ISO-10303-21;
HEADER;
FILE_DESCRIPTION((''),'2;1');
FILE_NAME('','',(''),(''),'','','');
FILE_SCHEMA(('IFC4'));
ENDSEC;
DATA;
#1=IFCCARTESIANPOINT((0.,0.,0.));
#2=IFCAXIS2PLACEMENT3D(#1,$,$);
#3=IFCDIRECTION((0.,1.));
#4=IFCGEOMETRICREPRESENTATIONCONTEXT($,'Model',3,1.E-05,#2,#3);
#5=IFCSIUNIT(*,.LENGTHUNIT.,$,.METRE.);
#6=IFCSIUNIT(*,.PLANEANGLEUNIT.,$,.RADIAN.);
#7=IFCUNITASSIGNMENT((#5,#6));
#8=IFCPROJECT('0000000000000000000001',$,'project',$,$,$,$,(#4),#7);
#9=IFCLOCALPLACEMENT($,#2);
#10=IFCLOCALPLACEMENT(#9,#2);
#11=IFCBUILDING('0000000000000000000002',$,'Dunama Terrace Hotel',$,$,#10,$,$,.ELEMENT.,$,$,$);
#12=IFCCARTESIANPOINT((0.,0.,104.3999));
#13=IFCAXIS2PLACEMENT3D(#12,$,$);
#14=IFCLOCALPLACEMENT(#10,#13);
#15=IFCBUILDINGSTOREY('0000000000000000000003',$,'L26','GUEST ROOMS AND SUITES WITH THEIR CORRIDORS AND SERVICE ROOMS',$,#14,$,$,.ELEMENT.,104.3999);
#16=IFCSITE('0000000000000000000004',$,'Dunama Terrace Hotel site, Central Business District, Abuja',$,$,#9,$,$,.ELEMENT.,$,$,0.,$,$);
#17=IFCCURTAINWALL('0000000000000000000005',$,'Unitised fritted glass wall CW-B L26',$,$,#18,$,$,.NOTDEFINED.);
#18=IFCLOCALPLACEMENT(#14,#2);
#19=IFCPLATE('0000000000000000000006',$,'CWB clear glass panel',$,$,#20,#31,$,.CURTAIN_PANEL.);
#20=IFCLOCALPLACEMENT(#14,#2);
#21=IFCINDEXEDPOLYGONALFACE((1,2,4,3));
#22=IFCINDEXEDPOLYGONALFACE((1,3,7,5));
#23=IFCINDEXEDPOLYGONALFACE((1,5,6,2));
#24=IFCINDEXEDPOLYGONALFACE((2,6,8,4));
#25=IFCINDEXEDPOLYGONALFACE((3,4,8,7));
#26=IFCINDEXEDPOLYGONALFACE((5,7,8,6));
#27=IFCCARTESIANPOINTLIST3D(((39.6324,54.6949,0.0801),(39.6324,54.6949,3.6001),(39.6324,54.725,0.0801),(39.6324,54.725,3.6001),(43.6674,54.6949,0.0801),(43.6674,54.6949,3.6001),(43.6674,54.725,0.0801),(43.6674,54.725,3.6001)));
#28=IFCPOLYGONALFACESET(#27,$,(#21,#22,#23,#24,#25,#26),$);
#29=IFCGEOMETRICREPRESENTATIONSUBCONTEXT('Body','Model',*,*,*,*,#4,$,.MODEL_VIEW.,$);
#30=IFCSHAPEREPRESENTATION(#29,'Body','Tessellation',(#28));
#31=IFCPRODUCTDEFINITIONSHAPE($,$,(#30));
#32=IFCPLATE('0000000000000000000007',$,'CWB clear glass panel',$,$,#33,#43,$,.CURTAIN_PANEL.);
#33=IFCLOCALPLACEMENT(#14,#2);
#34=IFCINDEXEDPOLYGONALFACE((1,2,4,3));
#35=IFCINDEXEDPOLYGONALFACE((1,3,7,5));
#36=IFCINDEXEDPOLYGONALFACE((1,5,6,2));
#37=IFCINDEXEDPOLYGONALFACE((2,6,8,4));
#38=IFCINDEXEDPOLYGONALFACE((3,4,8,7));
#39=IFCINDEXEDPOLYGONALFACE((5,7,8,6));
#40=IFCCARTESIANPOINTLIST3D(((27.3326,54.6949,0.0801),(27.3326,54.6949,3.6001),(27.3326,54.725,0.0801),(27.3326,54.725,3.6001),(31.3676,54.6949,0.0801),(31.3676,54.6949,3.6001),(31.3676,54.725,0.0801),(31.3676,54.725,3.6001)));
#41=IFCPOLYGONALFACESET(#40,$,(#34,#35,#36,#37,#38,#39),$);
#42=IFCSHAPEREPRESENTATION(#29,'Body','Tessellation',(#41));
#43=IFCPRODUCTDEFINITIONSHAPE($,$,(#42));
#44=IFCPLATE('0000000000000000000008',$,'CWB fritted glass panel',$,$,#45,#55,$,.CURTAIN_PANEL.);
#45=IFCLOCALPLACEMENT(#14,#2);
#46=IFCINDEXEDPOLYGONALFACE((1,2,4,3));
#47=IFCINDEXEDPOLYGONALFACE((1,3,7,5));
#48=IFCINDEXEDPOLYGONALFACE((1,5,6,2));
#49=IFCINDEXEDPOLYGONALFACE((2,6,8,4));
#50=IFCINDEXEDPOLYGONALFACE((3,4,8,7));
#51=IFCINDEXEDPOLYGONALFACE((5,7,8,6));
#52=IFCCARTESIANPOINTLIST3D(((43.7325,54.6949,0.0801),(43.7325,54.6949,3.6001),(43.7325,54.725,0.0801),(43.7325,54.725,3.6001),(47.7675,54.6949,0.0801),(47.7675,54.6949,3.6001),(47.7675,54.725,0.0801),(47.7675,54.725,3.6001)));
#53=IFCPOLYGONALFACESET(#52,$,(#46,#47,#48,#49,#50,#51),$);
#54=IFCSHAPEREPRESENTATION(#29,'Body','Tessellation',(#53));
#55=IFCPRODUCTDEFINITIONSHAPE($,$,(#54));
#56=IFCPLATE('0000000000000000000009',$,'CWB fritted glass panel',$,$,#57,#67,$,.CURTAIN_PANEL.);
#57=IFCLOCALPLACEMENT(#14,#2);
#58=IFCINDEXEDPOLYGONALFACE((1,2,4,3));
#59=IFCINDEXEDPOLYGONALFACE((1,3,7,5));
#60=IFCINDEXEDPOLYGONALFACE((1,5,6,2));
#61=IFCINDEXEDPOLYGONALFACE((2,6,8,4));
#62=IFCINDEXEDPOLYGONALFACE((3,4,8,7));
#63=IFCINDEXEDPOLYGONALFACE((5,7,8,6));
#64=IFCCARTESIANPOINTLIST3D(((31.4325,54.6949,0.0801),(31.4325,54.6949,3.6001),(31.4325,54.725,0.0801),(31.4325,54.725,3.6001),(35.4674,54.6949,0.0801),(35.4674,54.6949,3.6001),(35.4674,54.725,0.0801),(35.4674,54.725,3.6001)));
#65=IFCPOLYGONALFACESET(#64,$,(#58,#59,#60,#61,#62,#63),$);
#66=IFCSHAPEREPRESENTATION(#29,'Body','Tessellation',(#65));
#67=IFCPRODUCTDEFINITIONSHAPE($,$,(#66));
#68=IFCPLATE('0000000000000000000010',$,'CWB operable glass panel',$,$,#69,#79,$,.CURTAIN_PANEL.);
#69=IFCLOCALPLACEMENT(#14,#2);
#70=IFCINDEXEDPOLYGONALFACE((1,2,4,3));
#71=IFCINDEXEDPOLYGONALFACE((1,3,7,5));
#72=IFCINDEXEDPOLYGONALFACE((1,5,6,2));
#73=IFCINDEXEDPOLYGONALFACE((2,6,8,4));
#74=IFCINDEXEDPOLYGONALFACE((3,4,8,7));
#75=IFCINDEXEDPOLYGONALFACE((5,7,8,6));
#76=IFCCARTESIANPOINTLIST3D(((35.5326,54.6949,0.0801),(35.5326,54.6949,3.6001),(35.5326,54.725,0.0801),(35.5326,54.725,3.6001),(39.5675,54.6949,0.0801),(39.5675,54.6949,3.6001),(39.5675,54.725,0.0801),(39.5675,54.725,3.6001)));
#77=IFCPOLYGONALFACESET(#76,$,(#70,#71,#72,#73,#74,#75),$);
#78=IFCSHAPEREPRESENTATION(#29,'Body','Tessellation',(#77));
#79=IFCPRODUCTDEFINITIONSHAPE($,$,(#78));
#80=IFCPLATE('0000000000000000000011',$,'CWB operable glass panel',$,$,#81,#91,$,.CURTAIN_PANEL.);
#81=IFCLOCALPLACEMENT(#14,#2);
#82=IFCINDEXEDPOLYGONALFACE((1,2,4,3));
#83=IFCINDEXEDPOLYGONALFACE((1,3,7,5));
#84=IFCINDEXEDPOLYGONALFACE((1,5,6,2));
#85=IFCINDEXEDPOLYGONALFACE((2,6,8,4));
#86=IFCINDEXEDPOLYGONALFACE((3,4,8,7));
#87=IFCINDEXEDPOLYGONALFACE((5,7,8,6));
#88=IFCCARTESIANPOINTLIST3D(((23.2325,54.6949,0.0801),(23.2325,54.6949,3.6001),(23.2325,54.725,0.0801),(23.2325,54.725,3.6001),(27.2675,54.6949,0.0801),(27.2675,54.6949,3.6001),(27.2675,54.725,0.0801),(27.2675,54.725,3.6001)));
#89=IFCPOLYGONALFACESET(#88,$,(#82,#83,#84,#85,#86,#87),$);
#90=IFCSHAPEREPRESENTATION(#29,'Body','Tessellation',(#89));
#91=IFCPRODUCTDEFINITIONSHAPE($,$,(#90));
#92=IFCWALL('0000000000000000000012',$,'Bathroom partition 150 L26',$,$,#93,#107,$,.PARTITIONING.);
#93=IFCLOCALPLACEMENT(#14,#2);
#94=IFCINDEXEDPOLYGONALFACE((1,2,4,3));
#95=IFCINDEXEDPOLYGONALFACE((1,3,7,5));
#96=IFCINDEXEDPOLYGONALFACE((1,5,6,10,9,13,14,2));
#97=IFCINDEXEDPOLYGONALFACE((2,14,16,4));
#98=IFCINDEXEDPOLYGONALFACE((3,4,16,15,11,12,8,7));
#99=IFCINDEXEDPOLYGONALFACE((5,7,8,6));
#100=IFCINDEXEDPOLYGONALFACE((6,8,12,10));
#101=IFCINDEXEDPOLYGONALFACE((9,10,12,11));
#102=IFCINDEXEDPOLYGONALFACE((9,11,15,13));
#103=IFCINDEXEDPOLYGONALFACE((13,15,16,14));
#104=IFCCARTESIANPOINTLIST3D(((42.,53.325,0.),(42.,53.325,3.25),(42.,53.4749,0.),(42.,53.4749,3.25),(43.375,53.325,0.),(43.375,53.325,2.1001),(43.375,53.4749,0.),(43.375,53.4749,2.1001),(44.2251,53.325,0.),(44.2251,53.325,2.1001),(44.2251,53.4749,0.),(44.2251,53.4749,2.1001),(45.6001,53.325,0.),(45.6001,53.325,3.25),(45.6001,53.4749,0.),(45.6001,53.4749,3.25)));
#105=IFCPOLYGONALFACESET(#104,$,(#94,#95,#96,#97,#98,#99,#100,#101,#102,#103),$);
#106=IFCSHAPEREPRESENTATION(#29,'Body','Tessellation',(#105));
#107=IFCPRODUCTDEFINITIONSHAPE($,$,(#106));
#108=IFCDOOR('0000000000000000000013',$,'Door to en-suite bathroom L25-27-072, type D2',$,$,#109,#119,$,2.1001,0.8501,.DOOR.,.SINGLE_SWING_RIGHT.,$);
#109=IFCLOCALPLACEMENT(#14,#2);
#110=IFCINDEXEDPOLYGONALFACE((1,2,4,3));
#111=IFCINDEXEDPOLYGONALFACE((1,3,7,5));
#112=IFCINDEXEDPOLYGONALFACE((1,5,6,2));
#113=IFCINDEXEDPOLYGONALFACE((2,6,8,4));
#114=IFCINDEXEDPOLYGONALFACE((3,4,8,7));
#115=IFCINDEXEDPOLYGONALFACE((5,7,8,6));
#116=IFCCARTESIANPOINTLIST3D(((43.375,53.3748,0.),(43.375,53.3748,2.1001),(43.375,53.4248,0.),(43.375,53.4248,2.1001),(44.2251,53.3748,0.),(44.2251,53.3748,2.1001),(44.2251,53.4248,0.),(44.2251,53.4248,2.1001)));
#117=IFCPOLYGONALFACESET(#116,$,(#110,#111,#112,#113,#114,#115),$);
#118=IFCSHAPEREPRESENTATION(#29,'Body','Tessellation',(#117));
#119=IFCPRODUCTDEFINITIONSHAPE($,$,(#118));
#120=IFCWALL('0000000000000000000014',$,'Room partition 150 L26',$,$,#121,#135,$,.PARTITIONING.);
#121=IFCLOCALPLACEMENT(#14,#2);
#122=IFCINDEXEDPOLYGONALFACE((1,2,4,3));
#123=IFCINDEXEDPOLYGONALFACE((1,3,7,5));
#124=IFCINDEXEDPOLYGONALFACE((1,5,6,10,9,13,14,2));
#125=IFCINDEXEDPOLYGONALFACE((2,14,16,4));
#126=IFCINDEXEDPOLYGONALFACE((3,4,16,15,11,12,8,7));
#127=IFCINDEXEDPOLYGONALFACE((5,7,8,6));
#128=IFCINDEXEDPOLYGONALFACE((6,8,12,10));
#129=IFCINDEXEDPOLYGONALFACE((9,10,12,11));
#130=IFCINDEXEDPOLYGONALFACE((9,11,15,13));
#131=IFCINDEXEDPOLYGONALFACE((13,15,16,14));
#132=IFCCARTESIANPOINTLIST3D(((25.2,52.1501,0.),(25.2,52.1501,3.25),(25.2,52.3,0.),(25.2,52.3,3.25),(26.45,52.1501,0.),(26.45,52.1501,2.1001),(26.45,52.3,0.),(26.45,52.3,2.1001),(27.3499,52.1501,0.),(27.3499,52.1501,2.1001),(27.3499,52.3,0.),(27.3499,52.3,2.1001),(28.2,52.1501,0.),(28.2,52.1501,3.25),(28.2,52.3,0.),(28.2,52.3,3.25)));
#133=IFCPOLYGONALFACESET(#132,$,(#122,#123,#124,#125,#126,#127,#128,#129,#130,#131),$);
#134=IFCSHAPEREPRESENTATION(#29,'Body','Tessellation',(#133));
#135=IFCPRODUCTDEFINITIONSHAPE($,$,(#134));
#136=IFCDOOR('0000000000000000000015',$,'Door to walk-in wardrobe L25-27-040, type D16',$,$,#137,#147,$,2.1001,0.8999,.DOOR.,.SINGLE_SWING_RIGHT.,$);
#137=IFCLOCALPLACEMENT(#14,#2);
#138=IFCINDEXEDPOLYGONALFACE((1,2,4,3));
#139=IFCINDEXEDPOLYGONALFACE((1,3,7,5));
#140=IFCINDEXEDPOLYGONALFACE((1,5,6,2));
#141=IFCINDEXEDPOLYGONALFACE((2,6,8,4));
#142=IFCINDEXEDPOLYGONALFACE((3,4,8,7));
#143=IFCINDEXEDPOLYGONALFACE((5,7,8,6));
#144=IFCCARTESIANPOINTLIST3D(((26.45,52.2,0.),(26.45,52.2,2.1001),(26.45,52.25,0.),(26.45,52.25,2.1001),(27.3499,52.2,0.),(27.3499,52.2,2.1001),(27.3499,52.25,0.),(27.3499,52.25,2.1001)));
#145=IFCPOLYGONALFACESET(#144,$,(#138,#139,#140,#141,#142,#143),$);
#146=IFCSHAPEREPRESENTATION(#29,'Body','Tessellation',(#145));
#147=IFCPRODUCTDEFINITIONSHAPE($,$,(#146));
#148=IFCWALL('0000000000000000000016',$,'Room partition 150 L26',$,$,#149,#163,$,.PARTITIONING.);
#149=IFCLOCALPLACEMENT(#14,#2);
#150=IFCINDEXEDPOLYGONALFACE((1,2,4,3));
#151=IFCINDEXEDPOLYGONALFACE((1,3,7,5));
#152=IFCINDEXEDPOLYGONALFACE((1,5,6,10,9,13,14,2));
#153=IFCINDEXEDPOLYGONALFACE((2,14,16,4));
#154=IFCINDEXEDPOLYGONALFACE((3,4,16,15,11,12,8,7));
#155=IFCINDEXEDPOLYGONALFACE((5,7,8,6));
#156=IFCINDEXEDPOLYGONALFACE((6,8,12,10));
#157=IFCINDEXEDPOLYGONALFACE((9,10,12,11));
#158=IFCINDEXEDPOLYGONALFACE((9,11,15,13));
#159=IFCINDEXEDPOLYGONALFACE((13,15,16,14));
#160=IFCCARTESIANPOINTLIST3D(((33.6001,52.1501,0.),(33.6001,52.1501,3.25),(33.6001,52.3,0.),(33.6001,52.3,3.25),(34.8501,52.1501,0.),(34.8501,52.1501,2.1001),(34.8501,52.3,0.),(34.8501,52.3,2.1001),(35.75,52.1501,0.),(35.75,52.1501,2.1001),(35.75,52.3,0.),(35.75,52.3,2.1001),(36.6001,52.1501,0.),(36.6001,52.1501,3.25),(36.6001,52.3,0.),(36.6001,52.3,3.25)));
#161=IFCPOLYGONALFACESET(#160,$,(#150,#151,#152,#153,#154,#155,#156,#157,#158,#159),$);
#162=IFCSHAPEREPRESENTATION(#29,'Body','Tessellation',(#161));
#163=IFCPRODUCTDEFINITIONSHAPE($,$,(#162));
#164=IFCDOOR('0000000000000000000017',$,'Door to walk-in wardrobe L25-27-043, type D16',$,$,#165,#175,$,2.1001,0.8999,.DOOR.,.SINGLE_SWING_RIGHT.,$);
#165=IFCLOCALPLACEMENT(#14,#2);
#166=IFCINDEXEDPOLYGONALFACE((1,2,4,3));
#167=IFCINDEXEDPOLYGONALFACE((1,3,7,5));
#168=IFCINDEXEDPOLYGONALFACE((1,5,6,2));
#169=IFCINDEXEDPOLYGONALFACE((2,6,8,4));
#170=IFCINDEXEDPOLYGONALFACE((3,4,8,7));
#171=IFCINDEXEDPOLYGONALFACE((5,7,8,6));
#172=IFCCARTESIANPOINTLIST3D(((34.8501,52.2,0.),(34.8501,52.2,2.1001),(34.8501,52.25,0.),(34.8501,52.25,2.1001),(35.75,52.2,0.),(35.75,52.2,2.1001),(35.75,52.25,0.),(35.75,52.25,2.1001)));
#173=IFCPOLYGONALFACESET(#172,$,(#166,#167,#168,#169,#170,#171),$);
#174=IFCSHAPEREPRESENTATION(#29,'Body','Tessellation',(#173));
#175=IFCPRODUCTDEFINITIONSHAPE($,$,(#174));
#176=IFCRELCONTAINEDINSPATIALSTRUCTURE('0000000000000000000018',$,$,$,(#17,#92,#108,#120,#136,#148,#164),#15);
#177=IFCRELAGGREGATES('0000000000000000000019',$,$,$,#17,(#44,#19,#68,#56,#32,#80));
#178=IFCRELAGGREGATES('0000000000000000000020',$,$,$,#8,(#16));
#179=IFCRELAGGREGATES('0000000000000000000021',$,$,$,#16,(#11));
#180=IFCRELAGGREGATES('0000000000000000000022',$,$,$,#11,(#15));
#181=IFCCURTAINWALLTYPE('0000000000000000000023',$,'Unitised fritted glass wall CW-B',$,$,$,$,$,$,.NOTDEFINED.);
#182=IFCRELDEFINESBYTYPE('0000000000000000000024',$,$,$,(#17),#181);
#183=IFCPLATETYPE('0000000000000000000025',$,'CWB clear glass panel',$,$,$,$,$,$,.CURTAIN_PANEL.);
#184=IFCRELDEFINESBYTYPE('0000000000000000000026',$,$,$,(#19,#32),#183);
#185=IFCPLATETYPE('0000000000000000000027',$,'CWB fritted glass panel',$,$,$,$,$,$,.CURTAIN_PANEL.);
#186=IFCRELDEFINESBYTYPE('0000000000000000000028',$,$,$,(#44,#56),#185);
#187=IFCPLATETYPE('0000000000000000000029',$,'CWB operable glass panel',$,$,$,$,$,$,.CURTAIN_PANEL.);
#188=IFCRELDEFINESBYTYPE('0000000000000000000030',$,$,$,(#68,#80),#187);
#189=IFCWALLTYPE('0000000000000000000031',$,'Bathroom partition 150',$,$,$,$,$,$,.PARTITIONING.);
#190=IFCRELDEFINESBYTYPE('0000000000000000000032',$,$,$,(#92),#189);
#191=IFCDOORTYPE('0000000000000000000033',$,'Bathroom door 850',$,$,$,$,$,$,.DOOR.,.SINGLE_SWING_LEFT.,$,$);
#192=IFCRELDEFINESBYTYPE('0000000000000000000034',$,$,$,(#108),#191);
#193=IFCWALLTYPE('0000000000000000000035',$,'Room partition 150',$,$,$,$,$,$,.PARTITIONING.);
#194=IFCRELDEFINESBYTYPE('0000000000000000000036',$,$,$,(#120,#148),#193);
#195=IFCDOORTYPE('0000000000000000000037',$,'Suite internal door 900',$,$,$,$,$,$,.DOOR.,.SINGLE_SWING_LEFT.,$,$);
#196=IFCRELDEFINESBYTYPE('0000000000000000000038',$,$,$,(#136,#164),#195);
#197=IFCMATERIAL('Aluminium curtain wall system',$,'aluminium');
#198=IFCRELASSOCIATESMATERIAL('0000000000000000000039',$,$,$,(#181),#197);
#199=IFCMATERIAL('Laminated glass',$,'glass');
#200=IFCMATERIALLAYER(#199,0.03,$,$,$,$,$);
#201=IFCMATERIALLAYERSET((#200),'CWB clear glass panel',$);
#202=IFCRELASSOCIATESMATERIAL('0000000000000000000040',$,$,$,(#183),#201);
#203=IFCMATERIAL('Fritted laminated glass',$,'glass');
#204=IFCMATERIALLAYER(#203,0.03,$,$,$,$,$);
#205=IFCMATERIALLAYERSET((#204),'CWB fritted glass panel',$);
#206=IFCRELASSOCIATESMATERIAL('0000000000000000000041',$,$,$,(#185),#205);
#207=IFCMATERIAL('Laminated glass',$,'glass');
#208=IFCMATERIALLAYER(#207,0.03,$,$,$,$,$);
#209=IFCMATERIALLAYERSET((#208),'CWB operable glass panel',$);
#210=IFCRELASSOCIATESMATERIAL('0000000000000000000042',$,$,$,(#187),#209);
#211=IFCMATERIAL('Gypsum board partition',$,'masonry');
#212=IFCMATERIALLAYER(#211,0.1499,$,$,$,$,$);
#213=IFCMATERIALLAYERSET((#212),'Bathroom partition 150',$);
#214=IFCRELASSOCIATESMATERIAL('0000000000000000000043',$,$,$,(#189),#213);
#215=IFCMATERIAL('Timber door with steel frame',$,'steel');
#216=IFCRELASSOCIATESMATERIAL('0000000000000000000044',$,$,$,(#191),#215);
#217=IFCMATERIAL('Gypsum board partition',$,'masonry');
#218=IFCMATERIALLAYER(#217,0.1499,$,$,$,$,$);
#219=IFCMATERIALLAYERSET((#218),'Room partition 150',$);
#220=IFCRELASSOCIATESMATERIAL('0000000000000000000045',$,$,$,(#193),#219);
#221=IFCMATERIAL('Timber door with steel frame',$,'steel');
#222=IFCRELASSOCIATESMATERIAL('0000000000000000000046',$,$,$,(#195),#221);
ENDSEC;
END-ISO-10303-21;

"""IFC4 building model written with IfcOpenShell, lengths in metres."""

from ifc_helpers import new_model, si_unit, direction, frame, frame_2d, origin, origin_2d, place, context, subcontext, project, spatial, rectangle, extrude, material, layer, layer_set, type_object, element, fill, aggregate, save


model = new_model("IFC4")

# Units and contexts
model_context = context("Model", 3, precision=1e-05, world=origin(), true_north=direction((0.0, 1.0)))
body_context = subcontext(model_context, "Body", "Model", "MODEL_VIEW")
ifc_project = project(units=[si_unit("LENGTHUNIT", "METRE"), si_unit("PLANEANGLEUNIT", "RADIAN")], contexts=[model_context])

# Site, building, storey
site_placement = place(None, origin())
site = spatial("IfcSite", under=ifc_project, at=site_placement, Name="Dunama Terrace Hotel site, Central Business District, Abuja", CompositionType="ELEMENT", RefElevation=0.0)
building_placement = place(site_placement, origin())
building = spatial("IfcBuilding", under=site, at=building_placement, Name="Dunama Terrace Hotel", CompositionType="ELEMENT")
storey_placement = place(building_placement, frame((0.0, 0.0, 104.3999)))
storey = spatial("IfcBuildingStorey", under=building, at=storey_placement, Name="L26", Description="GUEST ROOMS AND SUITES WITH THEIR CORRIDORS AND SERVICE ROOMS", CompositionType="ELEMENT", Elevation=104.3999)

# Curtain wall
ifc_material_1 = material(Name="Aluminium curtain wall system", Category="aluminium")
curtain_wall_type = type_object("IfcCurtainWallType", Name="Unitised fritted glass wall CW-B", PredefinedType="NOTDEFINED", material=ifc_material_1)
curtain_wall_placement = place(storey_placement, origin())
curtain_wall = element("IfcCurtainWall", 1, at=curtain_wall_placement, inside=storey, type_object=curtain_wall_type, Name="Unitised fritted glass wall CW-B L26", PredefinedType="NOTDEFINED")

# Plates
ifc_material_2 = material(Name="Laminated glass", Category="glass")
ifc_layer_1 = layer(ifc_material_2, 0.03)
ifc_layer_set_1 = layer_set([ifc_layer_1], Name="CWB clear glass panel")
plate_type_1 = type_object("IfcPlateType", Name="CWB clear glass panel", PredefinedType="CURTAIN_PANEL", material=ifc_layer_set_1)
plate_1_placement = place(storey_placement, frame((41.6499, 54.71, 0.0801), z_axis=(0.0, 0.0, 1.0), x_axis=(-1.0, 0.0, 0.0)))
plate_1 = element("IfcPlate", 2, at=plate_1_placement, type_object=plate_type_1, Name="CWB clear glass panel", PredefinedType="CURTAIN_PANEL", context=body_context, shape_type="SweptSolid", body=[
    extrude(rectangle(XDim=4.0349, YDim=0.03, at=origin_2d()), origin(), (0.0, 0.0, 1.0), 3.52),
])
plate_2_placement = place(storey_placement, frame((29.3501, 54.71, 0.0801), z_axis=(0.0, 0.0, 1.0), x_axis=(-1.0, 0.0, 0.0)))
plate_2 = element("IfcPlate", 3, at=plate_2_placement, type_object=plate_type_1, Name="CWB clear glass panel", PredefinedType="CURTAIN_PANEL", context=body_context, shape_type="SweptSolid", body=[
    extrude(rectangle(XDim=4.0349, YDim=0.03, at=origin_2d()), origin(), (0.0, 0.0, 1.0), 3.52),
])
ifc_material_3 = material(Name="Fritted laminated glass", Category="glass")
ifc_layer_2 = layer(ifc_material_3, 0.03)
ifc_layer_set_2 = layer_set([ifc_layer_2], Name="CWB fritted glass panel")
plate_type_2 = type_object("IfcPlateType", Name="CWB fritted glass panel", PredefinedType="CURTAIN_PANEL", material=ifc_layer_set_2)
plate_3_placement = place(storey_placement, frame((45.75, 54.71, 0.0801), z_axis=(0.0, 0.0, 1.0), x_axis=(-1.0, 0.0, 0.0)))
plate_3 = element("IfcPlate", 4, at=plate_3_placement, type_object=plate_type_2, Name="CWB fritted glass panel", PredefinedType="CURTAIN_PANEL", context=body_context, shape_type="SweptSolid", body=[
    extrude(rectangle(XDim=4.0349, YDim=0.03, at=origin_2d()), origin(), (0.0, 0.0, 1.0), 3.52),
])
plate_4_placement = place(storey_placement, frame((33.45, 54.71, 0.0801), z_axis=(0.0, 0.0, 1.0), x_axis=(-1.0, 0.0, 0.0)))
plate_4 = element("IfcPlate", 5, at=plate_4_placement, type_object=plate_type_2, Name="CWB fritted glass panel", PredefinedType="CURTAIN_PANEL", context=body_context, shape_type="SweptSolid", body=[
    extrude(rectangle(XDim=4.0349, YDim=0.03, at=origin_2d()), origin(), (0.0, 0.0, 1.0), 3.52),
])
ifc_material_4 = material(Name="Laminated glass", Category="glass")
ifc_layer_3 = layer(ifc_material_4, 0.03)
ifc_layer_set_3 = layer_set([ifc_layer_3], Name="CWB operable glass panel")
plate_type_3 = type_object("IfcPlateType", Name="CWB operable glass panel", PredefinedType="CURTAIN_PANEL", material=ifc_layer_set_3)
plate_5_placement = place(storey_placement, frame((37.55, 54.71, 0.0801), z_axis=(0.0, 0.0, 1.0), x_axis=(-1.0, 0.0, 0.0)))
plate_5 = element("IfcPlate", 6, at=plate_5_placement, type_object=plate_type_3, Name="CWB operable glass panel", PredefinedType="CURTAIN_PANEL", context=body_context, shape_type="SweptSolid", body=[
    extrude(rectangle(XDim=4.0349, YDim=0.03, at=origin_2d()), origin(), (0.0, 0.0, 1.0), 3.52),
])
plate_6_placement = place(storey_placement, frame((25.25, 54.71, 0.0801), z_axis=(0.0, 0.0, 1.0), x_axis=(-1.0, 0.0, 0.0)))
plate_6 = element("IfcPlate", 7, at=plate_6_placement, type_object=plate_type_3, Name="CWB operable glass panel", PredefinedType="CURTAIN_PANEL", context=body_context, shape_type="SweptSolid", body=[
    extrude(rectangle(XDim=4.0349, YDim=0.03, at=origin_2d()), origin(), (0.0, 0.0, 1.0), 3.52),
])
aggregate(curtain_wall, [plate_3, plate_1, plate_5, plate_4, plate_2, plate_6])

# Walls, openings, doors
ifc_material_5 = material(Name="Gypsum board partition", Category="masonry")
ifc_layer_4 = layer(ifc_material_5, 0.1499)
ifc_layer_set_4 = layer_set([ifc_layer_4], Name="Bathroom partition 150")
wall_type_1 = type_object("IfcWallType", Name="Bathroom partition 150", PredefinedType="PARTITIONING", material=ifc_layer_set_4)
wall_1_placement = place(storey_placement, frame((42.0, 53.3999, 0.0), z_axis=(0.0, 0.0, 1.0), x_axis=(1.0, 0.0, 0.0)))
wall_1 = element("IfcWall", 8, at=wall_1_placement, inside=storey, type_object=wall_type_1, Name="Bathroom partition 150 L26", PredefinedType="PARTITIONING", context=body_context, shape_type="SweptSolid", body=[
    extrude(rectangle(XDim=3.6001, YDim=0.1499, at=frame_2d((1.8, 0.0))), origin(), (0.0, 0.0, 1.0), 3.25),
])
opening_1_placement = place(wall_1_placement, frame((1.375, 0.0, 0.0)))
opening_1 = element("IfcOpeningElement", 9, at=opening_1_placement, cuts=wall_1, PredefinedType="OPENING", context=body_context, shape_type="SweptSolid", body=[
    extrude(rectangle(XDim=0.8501, YDim=2.1001, at=frame_2d((0.425, 1.05))), frame((0.0, 0.085, 0.0), z_axis=(0.0, -1.0, 0.0), x_axis=(1.0, 0.0, 0.0)), (0.0, 0.0, 1.0), 0.1699),
])
ifc_material_6 = material(Name="Timber door with steel frame", Category="steel")
door_type_1 = type_object("IfcDoorType", Name="Bathroom door 850", OperationType="SINGLE_SWING_LEFT", PredefinedType="DOOR", material=ifc_material_6)
door_1_placement = place(opening_1_placement, frame((0.8501, 0.0, 0.0), z_axis=(0.0, 0.0, 1.0), x_axis=(-1.0, 0.0, 0.0)))
door_1 = element("IfcDoor", 10, at=door_1_placement, inside=storey, type_object=door_type_1, Name="Door to en-suite bathroom L25-27-072, type D2", OperationType="SINGLE_SWING_RIGHT", OverallHeight=2.1001, OverallWidth=0.8501, PredefinedType="DOOR", context=body_context, shape_type="SweptSolid", body=[
    extrude(rectangle(XDim=0.8501, YDim=2.1001, at=frame_2d((0.425, 1.05))), frame((0.0, 0.0251, 0.0), z_axis=(0.0, -1.0, 0.0), x_axis=(1.0, 0.0, 0.0)), (0.0, 0.0, 1.0), 0.05),
])
fill(opening_1, door_1)
ifc_material_7 = material(Name="Gypsum board partition", Category="masonry")
ifc_layer_5 = layer(ifc_material_7, 0.1499)
ifc_layer_set_5 = layer_set([ifc_layer_5], Name="Room partition 150")
wall_type_2 = type_object("IfcWallType", Name="Room partition 150", PredefinedType="PARTITIONING", material=ifc_layer_set_5)
wall_2_placement = place(storey_placement, frame((25.2, 52.2251, 0.0), z_axis=(0.0, 0.0, 1.0), x_axis=(1.0, 0.0, 0.0)))
wall_2 = element("IfcWall", 11, at=wall_2_placement, inside=storey, type_object=wall_type_2, Name="Room partition 150 L26", PredefinedType="PARTITIONING", context=body_context, shape_type="SweptSolid", body=[
    extrude(rectangle(XDim=3.0, YDim=0.1499, at=frame_2d((1.5, 0.0))), origin(), (0.0, 0.0, 1.0), 3.25),
])
opening_2_placement = place(wall_2_placement, frame((1.25, 0.0, 0.0)))
opening_2 = element("IfcOpeningElement", 12, at=opening_2_placement, cuts=wall_2, PredefinedType="OPENING", context=body_context, shape_type="SweptSolid", body=[
    extrude(rectangle(XDim=0.8999, YDim=2.1001, at=frame_2d((0.45, 1.05))), frame((0.0, 0.085, 0.0), z_axis=(0.0, -1.0, 0.0), x_axis=(1.0, 0.0, 0.0)), (0.0, 0.0, 1.0), 0.1699),
])
ifc_material_8 = material(Name="Timber door with steel frame", Category="steel")
door_type_2 = type_object("IfcDoorType", Name="Suite internal door 900", OperationType="SINGLE_SWING_LEFT", PredefinedType="DOOR", material=ifc_material_8)
door_2_placement = place(opening_2_placement, frame((0.8999, 0.0, 0.0), z_axis=(0.0, 0.0, 1.0), x_axis=(-1.0, 0.0, 0.0)))
door_2 = element("IfcDoor", 13, at=door_2_placement, inside=storey, type_object=door_type_2, Name="Door to walk-in wardrobe L25-27-040, type D16", OperationType="SINGLE_SWING_RIGHT", OverallHeight=2.1001, OverallWidth=0.8999, PredefinedType="DOOR", context=body_context, shape_type="SweptSolid", body=[
    extrude(rectangle(XDim=0.8999, YDim=2.1001, at=frame_2d((0.45, 1.05))), frame((0.0, 0.0251, 0.0), z_axis=(0.0, -1.0, 0.0), x_axis=(1.0, 0.0, 0.0)), (0.0, 0.0, 1.0), 0.05),
])
fill(opening_2, door_2)
wall_3_placement = place(storey_placement, frame((33.6001, 52.2251, 0.0), z_axis=(0.0, 0.0, 1.0), x_axis=(1.0, 0.0, 0.0)))
wall_3 = element("IfcWall", 14, at=wall_3_placement, inside=storey, type_object=wall_type_2, Name="Room partition 150 L26", PredefinedType="PARTITIONING", context=body_context, shape_type="SweptSolid", body=[
    extrude(rectangle(XDim=3.0, YDim=0.1499, at=frame_2d((1.5, 0.0))), origin(), (0.0, 0.0, 1.0), 3.25),
])
opening_3_placement = place(wall_3_placement, frame((1.25, 0.0, 0.0)))
opening_3 = element("IfcOpeningElement", 15, at=opening_3_placement, cuts=wall_3, PredefinedType="OPENING", context=body_context, shape_type="SweptSolid", body=[
    extrude(rectangle(XDim=0.8999, YDim=2.1001, at=frame_2d((0.45, 1.05))), frame((0.0, 0.085, 0.0), z_axis=(0.0, -1.0, 0.0), x_axis=(1.0, 0.0, 0.0)), (0.0, 0.0, 1.0), 0.1699),
])
door_3_placement = place(opening_3_placement, frame((0.8999, 0.0, 0.0), z_axis=(0.0, 0.0, 1.0), x_axis=(-1.0, 0.0, 0.0)))
door_3 = element("IfcDoor", 16, at=door_3_placement, inside=storey, type_object=door_type_2, Name="Door to walk-in wardrobe L25-27-043, type D16", OperationType="SINGLE_SWING_RIGHT", OverallHeight=2.1001, OverallWidth=0.8999, PredefinedType="DOOR", context=body_context, shape_type="SweptSolid", body=[
    extrude(rectangle(XDim=0.8999, YDim=2.1001, at=frame_2d((0.45, 1.05))), frame((0.0, 0.0251, 0.0), z_axis=(0.0, -1.0, 0.0), x_axis=(1.0, 0.0, 0.0)), (0.0, 0.0, 1.0), 0.05),
])
fill(opening_3, door_3)

save(model, "model.ifc")
